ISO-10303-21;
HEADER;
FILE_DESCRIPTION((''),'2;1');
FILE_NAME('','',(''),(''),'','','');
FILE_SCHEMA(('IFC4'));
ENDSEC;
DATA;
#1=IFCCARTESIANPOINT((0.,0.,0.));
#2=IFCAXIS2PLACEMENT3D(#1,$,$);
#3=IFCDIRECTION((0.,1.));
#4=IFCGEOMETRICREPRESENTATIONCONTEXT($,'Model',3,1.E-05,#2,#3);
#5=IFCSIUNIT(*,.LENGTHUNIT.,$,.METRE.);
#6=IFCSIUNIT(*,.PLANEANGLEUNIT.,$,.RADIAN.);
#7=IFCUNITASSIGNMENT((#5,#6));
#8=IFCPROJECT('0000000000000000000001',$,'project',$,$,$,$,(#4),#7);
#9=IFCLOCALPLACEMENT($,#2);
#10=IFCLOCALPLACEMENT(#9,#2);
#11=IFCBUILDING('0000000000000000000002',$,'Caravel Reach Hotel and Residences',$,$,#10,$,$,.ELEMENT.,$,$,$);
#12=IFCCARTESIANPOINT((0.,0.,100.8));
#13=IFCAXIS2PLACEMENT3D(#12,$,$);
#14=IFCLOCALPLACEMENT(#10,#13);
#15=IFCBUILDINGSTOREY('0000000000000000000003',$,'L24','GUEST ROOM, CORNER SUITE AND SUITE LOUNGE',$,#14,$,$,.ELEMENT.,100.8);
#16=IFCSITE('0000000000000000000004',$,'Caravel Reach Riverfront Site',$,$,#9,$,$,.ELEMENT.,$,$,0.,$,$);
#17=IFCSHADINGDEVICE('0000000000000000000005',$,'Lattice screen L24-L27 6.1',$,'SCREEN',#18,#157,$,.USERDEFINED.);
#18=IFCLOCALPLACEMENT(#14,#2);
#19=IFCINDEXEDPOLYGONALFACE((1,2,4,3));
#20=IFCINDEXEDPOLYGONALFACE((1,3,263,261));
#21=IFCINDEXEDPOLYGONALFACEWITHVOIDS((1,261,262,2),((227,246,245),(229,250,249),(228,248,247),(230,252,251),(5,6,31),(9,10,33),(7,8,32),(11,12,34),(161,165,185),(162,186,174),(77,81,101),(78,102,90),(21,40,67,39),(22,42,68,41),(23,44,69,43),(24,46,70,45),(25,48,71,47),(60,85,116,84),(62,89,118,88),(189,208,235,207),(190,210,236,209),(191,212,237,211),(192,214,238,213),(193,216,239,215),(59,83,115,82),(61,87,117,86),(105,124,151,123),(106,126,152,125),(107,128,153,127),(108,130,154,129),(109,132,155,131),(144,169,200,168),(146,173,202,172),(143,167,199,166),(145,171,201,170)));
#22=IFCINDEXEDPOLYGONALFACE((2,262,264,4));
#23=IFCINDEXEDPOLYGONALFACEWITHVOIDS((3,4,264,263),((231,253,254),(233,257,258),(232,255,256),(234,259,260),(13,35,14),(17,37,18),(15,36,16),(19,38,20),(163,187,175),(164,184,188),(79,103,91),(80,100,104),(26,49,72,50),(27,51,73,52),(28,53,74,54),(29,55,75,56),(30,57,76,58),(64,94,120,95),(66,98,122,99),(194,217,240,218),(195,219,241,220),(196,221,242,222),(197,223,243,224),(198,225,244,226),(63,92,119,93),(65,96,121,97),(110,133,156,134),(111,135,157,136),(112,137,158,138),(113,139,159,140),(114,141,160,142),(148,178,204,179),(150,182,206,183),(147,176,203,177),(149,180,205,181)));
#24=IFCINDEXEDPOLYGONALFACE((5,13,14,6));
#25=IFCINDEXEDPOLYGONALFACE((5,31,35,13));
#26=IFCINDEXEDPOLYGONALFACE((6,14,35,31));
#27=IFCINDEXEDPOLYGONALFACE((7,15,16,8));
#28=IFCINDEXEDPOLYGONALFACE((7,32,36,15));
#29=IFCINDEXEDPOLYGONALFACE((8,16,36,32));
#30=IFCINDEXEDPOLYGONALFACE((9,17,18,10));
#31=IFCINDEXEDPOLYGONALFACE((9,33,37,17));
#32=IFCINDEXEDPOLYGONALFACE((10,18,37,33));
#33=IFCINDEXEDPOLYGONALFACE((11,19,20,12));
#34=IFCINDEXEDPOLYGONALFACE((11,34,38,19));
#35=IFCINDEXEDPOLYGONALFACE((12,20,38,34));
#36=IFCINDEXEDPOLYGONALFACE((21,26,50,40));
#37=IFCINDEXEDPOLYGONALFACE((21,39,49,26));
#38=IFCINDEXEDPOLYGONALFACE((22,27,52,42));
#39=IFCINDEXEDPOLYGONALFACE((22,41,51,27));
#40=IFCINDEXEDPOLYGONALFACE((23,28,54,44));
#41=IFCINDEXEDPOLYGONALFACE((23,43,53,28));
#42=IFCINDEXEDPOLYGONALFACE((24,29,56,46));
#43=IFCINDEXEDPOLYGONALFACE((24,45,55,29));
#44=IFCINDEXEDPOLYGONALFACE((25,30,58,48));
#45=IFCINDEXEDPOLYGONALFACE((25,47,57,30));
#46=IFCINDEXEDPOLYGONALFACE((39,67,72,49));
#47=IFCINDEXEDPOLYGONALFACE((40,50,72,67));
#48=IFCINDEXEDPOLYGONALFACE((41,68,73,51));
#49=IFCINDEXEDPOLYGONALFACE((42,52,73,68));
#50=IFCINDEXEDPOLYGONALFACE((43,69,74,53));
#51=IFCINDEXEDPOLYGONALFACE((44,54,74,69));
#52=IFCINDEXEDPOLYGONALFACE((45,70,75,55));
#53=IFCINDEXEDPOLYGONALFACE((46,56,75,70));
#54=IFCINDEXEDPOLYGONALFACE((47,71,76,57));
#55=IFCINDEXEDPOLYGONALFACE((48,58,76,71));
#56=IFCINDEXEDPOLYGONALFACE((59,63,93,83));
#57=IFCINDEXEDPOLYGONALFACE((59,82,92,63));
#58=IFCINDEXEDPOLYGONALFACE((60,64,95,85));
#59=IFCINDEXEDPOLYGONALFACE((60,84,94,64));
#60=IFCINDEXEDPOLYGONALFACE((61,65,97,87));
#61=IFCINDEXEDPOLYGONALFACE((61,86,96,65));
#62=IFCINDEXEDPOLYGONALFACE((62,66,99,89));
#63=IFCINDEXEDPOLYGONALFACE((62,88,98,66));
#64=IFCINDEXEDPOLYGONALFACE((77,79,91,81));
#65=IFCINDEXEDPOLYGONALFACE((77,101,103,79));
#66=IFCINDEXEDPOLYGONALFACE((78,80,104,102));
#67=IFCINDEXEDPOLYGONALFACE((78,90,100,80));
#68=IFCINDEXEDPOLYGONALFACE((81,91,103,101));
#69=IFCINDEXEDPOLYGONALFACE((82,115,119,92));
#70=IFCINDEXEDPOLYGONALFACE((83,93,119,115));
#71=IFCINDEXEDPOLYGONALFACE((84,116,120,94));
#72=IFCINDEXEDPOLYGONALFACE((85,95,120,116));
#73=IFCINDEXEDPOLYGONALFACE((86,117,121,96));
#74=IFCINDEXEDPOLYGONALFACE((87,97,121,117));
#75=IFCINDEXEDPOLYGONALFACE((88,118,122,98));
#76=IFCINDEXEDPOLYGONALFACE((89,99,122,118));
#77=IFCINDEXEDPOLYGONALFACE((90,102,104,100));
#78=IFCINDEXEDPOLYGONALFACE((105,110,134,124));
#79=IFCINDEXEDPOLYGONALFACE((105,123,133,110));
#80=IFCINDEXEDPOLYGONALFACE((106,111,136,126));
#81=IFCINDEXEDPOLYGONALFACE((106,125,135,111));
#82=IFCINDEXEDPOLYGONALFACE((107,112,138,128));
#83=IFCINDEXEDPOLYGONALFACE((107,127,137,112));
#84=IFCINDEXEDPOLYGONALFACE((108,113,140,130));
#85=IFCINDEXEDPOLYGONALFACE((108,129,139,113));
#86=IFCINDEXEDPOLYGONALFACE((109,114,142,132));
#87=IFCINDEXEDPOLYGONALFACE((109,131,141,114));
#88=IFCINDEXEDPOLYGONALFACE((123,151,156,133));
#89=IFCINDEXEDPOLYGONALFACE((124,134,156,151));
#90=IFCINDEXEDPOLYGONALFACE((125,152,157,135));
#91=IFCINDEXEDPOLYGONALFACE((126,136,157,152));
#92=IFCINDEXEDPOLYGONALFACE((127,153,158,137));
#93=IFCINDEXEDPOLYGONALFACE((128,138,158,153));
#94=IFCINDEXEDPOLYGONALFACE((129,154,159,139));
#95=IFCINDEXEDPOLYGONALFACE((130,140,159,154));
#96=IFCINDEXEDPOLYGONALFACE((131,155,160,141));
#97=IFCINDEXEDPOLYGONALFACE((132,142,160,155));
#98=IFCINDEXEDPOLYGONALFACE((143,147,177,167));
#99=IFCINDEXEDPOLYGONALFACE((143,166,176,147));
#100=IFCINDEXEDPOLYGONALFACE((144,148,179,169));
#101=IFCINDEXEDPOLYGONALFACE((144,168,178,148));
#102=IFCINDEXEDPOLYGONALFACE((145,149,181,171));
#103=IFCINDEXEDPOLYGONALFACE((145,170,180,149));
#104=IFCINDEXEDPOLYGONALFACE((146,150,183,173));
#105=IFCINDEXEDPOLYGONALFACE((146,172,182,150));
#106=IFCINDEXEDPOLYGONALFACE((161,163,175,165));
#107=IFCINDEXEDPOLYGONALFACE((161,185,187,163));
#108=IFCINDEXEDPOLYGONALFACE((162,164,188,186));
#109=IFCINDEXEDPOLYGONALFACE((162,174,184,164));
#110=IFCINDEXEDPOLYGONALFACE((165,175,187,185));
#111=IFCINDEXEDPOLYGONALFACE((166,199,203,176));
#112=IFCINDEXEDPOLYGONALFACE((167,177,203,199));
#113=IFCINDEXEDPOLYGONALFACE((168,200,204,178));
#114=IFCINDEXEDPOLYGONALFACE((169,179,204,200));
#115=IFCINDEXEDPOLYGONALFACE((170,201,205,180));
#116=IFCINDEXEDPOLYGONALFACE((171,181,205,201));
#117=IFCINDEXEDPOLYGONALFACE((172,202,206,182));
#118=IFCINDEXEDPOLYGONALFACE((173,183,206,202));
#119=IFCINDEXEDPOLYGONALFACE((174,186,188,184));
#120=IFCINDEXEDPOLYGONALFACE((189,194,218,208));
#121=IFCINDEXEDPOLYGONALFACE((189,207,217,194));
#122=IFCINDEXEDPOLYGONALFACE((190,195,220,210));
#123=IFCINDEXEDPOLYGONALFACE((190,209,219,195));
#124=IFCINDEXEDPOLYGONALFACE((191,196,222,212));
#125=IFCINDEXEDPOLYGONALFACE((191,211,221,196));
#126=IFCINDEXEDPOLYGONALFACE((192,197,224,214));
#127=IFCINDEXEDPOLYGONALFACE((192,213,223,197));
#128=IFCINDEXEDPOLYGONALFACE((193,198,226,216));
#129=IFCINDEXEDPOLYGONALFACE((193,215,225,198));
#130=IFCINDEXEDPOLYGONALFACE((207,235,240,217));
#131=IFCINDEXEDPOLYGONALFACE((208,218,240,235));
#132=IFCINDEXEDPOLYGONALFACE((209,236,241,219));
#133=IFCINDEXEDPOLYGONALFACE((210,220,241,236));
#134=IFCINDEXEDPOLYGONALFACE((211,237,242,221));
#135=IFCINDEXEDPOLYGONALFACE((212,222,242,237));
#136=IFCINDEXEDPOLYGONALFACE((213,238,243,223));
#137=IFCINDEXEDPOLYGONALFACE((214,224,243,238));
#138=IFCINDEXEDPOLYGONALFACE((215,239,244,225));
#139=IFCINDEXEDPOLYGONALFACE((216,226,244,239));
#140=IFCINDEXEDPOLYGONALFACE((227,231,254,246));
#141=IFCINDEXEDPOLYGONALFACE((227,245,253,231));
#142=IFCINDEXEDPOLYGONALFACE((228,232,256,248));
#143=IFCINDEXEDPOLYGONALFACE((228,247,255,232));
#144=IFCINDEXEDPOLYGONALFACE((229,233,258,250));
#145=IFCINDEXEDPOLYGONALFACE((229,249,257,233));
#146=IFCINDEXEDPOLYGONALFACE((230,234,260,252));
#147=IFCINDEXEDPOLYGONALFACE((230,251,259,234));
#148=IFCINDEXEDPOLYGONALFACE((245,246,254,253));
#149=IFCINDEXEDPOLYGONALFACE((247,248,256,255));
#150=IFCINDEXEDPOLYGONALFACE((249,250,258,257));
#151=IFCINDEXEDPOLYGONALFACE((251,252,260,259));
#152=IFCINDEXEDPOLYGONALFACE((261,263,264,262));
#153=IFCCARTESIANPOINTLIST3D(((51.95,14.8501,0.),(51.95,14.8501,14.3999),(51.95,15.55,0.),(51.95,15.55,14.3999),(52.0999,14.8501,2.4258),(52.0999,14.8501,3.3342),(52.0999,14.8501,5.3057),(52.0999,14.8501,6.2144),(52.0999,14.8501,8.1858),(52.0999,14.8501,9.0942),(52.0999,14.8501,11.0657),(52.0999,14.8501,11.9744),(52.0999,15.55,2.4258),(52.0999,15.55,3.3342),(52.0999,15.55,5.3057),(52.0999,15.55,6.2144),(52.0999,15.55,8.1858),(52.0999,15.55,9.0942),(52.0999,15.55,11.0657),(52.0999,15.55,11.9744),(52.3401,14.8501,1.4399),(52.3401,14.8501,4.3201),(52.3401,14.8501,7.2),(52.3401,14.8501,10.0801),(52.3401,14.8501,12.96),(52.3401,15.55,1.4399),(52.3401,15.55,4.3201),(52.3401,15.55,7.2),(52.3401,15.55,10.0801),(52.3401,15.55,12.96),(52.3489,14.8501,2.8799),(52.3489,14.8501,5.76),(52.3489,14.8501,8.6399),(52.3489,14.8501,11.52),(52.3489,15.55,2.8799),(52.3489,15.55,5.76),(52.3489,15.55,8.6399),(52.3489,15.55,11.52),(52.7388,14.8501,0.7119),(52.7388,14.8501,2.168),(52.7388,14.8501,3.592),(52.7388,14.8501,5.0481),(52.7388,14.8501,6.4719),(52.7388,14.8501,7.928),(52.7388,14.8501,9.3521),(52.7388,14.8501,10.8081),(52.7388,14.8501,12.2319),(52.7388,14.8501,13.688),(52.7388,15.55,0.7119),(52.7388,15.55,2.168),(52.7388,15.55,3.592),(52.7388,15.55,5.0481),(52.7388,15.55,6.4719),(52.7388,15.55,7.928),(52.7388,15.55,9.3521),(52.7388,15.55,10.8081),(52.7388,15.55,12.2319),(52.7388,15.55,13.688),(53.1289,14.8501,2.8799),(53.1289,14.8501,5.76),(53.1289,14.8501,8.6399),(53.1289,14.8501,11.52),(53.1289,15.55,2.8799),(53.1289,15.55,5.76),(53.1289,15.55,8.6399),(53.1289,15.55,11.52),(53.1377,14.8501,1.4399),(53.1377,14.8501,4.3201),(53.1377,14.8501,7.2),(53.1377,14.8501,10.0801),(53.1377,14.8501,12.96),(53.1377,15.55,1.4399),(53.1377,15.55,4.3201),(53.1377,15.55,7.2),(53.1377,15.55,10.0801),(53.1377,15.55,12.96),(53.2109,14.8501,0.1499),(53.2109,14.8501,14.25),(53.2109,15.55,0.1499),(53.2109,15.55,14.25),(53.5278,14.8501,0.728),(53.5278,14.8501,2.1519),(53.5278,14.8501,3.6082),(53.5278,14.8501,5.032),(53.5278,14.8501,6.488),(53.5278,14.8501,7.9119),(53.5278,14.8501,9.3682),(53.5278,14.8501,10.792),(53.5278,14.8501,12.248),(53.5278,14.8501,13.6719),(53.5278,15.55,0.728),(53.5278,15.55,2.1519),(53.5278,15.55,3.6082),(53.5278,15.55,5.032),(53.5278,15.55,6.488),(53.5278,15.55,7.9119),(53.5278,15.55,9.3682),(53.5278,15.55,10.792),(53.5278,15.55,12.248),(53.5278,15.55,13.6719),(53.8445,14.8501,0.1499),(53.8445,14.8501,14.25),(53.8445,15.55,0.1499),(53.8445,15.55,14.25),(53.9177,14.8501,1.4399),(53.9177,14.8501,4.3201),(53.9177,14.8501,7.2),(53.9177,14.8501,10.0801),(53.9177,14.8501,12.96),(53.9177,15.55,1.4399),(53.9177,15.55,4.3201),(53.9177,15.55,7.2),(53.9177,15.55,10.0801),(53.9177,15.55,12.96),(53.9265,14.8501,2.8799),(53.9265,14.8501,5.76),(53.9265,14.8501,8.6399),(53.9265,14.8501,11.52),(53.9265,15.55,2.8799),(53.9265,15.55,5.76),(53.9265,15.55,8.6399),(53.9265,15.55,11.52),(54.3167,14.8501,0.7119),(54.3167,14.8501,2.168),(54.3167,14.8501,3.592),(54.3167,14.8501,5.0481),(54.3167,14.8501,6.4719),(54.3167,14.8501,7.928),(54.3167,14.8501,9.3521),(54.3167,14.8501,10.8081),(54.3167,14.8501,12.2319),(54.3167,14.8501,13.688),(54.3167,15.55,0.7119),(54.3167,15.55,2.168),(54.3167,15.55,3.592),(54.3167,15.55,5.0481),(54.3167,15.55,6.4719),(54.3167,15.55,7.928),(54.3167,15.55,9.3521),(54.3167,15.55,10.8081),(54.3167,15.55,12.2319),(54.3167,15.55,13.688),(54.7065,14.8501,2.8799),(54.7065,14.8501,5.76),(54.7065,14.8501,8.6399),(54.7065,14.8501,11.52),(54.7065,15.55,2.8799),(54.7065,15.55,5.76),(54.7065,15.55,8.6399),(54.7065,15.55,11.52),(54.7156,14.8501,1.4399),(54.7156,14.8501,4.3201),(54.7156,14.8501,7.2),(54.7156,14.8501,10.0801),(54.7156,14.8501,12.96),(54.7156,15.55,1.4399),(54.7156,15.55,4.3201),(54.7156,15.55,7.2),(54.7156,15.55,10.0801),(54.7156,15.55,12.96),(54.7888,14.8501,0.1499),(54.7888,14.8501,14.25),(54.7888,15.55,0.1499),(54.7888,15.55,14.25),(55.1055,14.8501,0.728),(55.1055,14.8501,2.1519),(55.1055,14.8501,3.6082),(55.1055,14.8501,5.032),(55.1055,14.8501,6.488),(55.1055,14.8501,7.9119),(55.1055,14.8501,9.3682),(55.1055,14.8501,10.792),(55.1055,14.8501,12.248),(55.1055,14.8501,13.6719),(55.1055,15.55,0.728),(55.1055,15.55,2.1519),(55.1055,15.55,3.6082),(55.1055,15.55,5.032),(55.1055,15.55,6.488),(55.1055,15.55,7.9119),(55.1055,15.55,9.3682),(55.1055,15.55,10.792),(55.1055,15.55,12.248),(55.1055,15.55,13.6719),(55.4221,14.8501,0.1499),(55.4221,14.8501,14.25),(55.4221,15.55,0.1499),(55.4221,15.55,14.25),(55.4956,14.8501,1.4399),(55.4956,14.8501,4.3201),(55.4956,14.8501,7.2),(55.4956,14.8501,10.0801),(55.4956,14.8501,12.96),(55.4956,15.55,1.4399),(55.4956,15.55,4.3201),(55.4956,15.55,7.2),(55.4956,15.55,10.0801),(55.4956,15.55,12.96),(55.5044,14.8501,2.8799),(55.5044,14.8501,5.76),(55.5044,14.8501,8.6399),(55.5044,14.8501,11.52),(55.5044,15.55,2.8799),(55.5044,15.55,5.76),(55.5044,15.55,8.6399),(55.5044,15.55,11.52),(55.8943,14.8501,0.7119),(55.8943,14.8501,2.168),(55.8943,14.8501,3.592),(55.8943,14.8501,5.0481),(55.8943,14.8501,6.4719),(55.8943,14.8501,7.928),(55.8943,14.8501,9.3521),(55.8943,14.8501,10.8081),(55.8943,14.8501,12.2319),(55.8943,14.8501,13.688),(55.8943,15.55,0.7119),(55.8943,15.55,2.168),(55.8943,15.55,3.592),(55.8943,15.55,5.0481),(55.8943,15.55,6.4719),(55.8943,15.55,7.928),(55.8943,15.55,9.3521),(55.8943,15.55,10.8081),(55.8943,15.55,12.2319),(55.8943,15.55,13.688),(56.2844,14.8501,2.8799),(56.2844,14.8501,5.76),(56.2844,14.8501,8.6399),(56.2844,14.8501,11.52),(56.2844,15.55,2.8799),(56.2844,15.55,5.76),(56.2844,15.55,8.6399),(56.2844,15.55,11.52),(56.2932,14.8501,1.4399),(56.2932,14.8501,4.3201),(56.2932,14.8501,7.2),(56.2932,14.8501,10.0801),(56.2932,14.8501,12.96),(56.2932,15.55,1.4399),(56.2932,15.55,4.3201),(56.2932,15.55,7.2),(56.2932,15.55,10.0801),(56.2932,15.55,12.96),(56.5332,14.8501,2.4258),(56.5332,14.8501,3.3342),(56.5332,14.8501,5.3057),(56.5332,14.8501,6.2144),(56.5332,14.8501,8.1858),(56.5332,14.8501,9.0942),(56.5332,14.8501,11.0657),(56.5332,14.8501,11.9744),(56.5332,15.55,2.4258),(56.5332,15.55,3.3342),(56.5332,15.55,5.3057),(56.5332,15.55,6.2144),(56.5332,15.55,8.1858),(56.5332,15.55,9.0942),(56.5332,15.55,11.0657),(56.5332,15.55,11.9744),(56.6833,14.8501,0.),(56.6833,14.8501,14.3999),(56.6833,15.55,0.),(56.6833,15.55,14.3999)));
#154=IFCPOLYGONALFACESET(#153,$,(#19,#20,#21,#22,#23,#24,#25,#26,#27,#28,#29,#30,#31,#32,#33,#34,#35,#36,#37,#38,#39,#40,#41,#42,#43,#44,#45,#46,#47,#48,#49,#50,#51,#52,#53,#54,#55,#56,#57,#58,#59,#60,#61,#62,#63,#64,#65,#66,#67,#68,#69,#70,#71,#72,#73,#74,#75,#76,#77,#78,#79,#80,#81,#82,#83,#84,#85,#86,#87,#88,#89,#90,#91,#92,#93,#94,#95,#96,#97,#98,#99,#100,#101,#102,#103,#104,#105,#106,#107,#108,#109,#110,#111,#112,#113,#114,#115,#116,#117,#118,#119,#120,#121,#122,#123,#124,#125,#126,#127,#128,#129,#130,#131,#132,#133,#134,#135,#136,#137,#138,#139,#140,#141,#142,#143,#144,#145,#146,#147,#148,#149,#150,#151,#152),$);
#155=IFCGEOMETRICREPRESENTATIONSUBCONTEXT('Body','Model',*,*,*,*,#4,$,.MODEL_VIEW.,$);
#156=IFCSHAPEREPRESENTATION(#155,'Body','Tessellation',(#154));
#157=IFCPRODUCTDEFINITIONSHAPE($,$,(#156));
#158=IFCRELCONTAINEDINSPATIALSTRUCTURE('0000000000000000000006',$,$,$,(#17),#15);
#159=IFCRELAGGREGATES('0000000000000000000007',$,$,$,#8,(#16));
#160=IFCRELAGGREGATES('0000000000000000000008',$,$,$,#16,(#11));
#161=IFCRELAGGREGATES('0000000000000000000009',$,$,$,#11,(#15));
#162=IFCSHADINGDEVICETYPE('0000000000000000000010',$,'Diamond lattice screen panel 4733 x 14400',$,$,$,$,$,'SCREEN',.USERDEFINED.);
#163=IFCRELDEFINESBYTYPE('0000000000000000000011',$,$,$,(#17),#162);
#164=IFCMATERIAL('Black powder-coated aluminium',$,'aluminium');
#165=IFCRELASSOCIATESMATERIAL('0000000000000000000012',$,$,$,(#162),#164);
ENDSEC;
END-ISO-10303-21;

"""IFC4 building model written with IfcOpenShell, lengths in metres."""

from ifc_helpers import new_model, si_unit, direction, frame, origin, place, context, subcontext, project, spatial, polyline, outline, extrude, material, type_object, element, save


model = new_model("IFC4")

# Units and contexts
model_context = context("Model", 3, precision=1e-05, world=origin(), true_north=direction((0.0, 1.0)))
body_context = subcontext(model_context, "Body", "Model", "MODEL_VIEW")
ifc_project = project(units=[si_unit("LENGTHUNIT", "METRE"), si_unit("PLANEANGLEUNIT", "RADIAN")], contexts=[model_context])

# Site, building, storey
site_placement = place(None, origin())
site = spatial("IfcSite", under=ifc_project, at=site_placement, Name="Caravel Reach Riverfront Site", CompositionType="ELEMENT", RefElevation=0.0)
building_placement = place(site_placement, origin())
building = spatial("IfcBuilding", under=site, at=building_placement, Name="Caravel Reach Hotel and Residences", CompositionType="ELEMENT")
storey_placement = place(building_placement, frame((0.0, 0.0, 100.8)))
storey = spatial("IfcBuildingStorey", under=building, at=storey_placement, Name="L24", Description="GUEST ROOM, CORNER SUITE AND SUITE LOUNGE", CompositionType="ELEMENT", Elevation=100.8)

# Shading device
ifc_material_1 = material(Name="Black powder-coated aluminium", Category="aluminium")
shading_device_type_1 = type_object("IfcShadingDeviceType", Name="Diamond lattice screen panel 4733 x 14400", ElementType="SCREEN", PredefinedType="USERDEFINED", material=ifc_material_1)
shading_device_1_placement = place(storey_placement, frame((51.95, 15.55, 0.0), z_axis=(0.0, -1.0, 0.0), x_axis=(1.0, 0.0, 0.0)))
element("IfcShadingDevice", 1, at=shading_device_1_placement, inside=storey, type_object=shading_device_type_1, Name="Lattice screen L24-L27 6.1", ObjectType="SCREEN", PredefinedType="USERDEFINED", context=body_context, shape_type="SweptSolid", body=[
    extrude(outline(polyline([(0.0, 0.0), (4.7334, 0.0), (4.7334, 14.3999), (0.0, 14.3999), (0.0, 0.0)]), holes=[polyline([(0.3989, 2.8799), (0.1499, 3.3342), (0.1499, 2.4258), (0.3989, 2.8799)]), polyline([(0.3989, 5.76), (0.1499, 6.2144), (0.1499, 5.3057), (0.3989, 5.76)]), polyline([(0.3989, 8.6399), (0.1499, 9.0942), (0.1499, 8.1858), (0.3989, 8.6399)]), polyline([(0.3989, 11.52), (0.1499, 11.9744), (0.1499, 11.0657), (0.3989, 11.52)]), polyline([(0.7888, 2.168), (0.3901, 1.4399), (0.7888, 0.7119), (1.1877, 1.4399), (0.7888, 2.168)]), polyline([(0.7888, 5.0481), (0.3901, 4.3201), (0.7888, 3.592), (1.1877, 4.3201), (0.7888, 5.0481)]), polyline([(0.7888, 7.928), (0.3901, 7.2), (0.7888, 6.4719), (1.1877, 7.2), (0.7888, 7.928)]), polyline([(0.7888, 10.8081), (0.3901, 10.0801), (0.7888, 9.3521), (1.1877, 10.0801), (0.7888, 10.8081)]), polyline([(0.7888, 13.688), (0.3901, 12.96), (0.7888, 12.2319), (1.1877, 12.96), (0.7888, 13.688)]), polyline([(1.5779, 0.728), (1.261, 0.1499), (1.8945, 0.1499), (1.5779, 0.728)]), polyline([(1.5779, 3.6082), (1.179, 2.8799), (1.5779, 2.1519), (1.9766, 2.8799), (1.5779, 3.6082)]), polyline([(1.5779, 6.488), (1.179, 5.76), (1.5779, 5.032), (1.9766, 5.76), (1.5779, 6.488)]), polyline([(1.5779, 9.3682), (1.179, 8.6399), (1.5779, 7.9119), (1.9766, 8.6399), (1.5779, 9.3682)]), polyline([(1.5779, 12.248), (1.179, 11.52), (1.5779, 10.792), (1.9766, 11.52), (1.5779, 12.248)]), polyline([(1.5779, 13.6719), (1.8945, 14.25), (1.261, 14.25), (1.5779, 13.6719)]), polyline([(2.3667, 2.168), (1.9678, 1.4399), (2.3667, 0.7119), (2.7656, 1.4399), (2.3667, 2.168)]), polyline([(2.3667, 5.0481), (1.9678, 4.3201), (2.3667, 3.592), (2.7656, 4.3201), (2.3667, 5.0481)]), polyline([(2.3667, 7.928), (1.9678, 7.2), (2.3667, 6.4719), (2.7656, 7.2), (2.3667, 7.928)]), polyline([(2.3667, 10.8081), (1.9678, 10.0801), (2.3667, 9.3521), (2.7656, 10.0801), (2.3667, 10.8081)]), polyline([(2.3667, 13.688), (1.9678, 12.96), (2.3667, 12.2319), (2.7656, 12.96), (2.3667, 13.688)]), polyline([(3.1555, 0.728), (2.8389, 0.1499), (3.4722, 0.1499), (3.1555, 0.728)]), polyline([(3.1555, 3.6082), (2.7566, 2.8799), (3.1555, 2.1519), (3.5544, 2.8799), (3.1555, 3.6082)]), polyline([(3.1555, 6.488), (2.7566, 5.76), (3.1555, 5.032), (3.5544, 5.76), (3.1555, 6.488)]), polyline([(3.1555, 9.3682), (2.7566, 8.6399), (3.1555, 7.9119), (3.5544, 8.6399), (3.1555, 9.3682)]), polyline([(3.1555, 12.248), (2.7566, 11.52), (3.1555, 10.792), (3.5544, 11.52), (3.1555, 12.248)]), polyline([(3.1555, 13.6719), (3.4722, 14.25), (2.8389, 14.25), (3.1555, 13.6719)]), polyline([(3.9443, 2.168), (3.5457, 1.4399), (3.9443, 0.7119), (4.3433, 1.4399), (3.9443, 2.168)]), polyline([(3.9443, 5.0481), (3.5457, 4.3201), (3.9443, 3.592), (4.3433, 4.3201), (3.9443, 5.0481)]), polyline([(3.9443, 7.928), (3.5457, 7.2), (3.9443, 6.4719), (4.3433, 7.2), (3.9443, 7.928)]), polyline([(3.9443, 10.8081), (3.5457, 10.0801), (3.9443, 9.3521), (4.3433, 10.0801), (3.9443, 10.8081)]), polyline([(3.9443, 13.688), (3.5457, 12.96), (3.9443, 12.2319), (4.3433, 12.96), (3.9443, 13.688)]), polyline([(4.3345, 2.8799), (4.5833, 2.4258), (4.5833, 3.3342), (4.3345, 2.8799)]), polyline([(4.3345, 5.76), (4.5833, 5.3057), (4.5833, 6.2144), (4.3345, 5.76)]), polyline([(4.3345, 8.6399), (4.5833, 8.1858), (4.5833, 9.0942), (4.3345, 8.6399)]), polyline([(4.3345, 11.52), (4.5833, 11.0657), (4.5833, 11.9744), (4.3345, 11.52)])]), origin(), (0.0, 0.0, 1.0), 0.7),
])

save(model, "model.ifc")
